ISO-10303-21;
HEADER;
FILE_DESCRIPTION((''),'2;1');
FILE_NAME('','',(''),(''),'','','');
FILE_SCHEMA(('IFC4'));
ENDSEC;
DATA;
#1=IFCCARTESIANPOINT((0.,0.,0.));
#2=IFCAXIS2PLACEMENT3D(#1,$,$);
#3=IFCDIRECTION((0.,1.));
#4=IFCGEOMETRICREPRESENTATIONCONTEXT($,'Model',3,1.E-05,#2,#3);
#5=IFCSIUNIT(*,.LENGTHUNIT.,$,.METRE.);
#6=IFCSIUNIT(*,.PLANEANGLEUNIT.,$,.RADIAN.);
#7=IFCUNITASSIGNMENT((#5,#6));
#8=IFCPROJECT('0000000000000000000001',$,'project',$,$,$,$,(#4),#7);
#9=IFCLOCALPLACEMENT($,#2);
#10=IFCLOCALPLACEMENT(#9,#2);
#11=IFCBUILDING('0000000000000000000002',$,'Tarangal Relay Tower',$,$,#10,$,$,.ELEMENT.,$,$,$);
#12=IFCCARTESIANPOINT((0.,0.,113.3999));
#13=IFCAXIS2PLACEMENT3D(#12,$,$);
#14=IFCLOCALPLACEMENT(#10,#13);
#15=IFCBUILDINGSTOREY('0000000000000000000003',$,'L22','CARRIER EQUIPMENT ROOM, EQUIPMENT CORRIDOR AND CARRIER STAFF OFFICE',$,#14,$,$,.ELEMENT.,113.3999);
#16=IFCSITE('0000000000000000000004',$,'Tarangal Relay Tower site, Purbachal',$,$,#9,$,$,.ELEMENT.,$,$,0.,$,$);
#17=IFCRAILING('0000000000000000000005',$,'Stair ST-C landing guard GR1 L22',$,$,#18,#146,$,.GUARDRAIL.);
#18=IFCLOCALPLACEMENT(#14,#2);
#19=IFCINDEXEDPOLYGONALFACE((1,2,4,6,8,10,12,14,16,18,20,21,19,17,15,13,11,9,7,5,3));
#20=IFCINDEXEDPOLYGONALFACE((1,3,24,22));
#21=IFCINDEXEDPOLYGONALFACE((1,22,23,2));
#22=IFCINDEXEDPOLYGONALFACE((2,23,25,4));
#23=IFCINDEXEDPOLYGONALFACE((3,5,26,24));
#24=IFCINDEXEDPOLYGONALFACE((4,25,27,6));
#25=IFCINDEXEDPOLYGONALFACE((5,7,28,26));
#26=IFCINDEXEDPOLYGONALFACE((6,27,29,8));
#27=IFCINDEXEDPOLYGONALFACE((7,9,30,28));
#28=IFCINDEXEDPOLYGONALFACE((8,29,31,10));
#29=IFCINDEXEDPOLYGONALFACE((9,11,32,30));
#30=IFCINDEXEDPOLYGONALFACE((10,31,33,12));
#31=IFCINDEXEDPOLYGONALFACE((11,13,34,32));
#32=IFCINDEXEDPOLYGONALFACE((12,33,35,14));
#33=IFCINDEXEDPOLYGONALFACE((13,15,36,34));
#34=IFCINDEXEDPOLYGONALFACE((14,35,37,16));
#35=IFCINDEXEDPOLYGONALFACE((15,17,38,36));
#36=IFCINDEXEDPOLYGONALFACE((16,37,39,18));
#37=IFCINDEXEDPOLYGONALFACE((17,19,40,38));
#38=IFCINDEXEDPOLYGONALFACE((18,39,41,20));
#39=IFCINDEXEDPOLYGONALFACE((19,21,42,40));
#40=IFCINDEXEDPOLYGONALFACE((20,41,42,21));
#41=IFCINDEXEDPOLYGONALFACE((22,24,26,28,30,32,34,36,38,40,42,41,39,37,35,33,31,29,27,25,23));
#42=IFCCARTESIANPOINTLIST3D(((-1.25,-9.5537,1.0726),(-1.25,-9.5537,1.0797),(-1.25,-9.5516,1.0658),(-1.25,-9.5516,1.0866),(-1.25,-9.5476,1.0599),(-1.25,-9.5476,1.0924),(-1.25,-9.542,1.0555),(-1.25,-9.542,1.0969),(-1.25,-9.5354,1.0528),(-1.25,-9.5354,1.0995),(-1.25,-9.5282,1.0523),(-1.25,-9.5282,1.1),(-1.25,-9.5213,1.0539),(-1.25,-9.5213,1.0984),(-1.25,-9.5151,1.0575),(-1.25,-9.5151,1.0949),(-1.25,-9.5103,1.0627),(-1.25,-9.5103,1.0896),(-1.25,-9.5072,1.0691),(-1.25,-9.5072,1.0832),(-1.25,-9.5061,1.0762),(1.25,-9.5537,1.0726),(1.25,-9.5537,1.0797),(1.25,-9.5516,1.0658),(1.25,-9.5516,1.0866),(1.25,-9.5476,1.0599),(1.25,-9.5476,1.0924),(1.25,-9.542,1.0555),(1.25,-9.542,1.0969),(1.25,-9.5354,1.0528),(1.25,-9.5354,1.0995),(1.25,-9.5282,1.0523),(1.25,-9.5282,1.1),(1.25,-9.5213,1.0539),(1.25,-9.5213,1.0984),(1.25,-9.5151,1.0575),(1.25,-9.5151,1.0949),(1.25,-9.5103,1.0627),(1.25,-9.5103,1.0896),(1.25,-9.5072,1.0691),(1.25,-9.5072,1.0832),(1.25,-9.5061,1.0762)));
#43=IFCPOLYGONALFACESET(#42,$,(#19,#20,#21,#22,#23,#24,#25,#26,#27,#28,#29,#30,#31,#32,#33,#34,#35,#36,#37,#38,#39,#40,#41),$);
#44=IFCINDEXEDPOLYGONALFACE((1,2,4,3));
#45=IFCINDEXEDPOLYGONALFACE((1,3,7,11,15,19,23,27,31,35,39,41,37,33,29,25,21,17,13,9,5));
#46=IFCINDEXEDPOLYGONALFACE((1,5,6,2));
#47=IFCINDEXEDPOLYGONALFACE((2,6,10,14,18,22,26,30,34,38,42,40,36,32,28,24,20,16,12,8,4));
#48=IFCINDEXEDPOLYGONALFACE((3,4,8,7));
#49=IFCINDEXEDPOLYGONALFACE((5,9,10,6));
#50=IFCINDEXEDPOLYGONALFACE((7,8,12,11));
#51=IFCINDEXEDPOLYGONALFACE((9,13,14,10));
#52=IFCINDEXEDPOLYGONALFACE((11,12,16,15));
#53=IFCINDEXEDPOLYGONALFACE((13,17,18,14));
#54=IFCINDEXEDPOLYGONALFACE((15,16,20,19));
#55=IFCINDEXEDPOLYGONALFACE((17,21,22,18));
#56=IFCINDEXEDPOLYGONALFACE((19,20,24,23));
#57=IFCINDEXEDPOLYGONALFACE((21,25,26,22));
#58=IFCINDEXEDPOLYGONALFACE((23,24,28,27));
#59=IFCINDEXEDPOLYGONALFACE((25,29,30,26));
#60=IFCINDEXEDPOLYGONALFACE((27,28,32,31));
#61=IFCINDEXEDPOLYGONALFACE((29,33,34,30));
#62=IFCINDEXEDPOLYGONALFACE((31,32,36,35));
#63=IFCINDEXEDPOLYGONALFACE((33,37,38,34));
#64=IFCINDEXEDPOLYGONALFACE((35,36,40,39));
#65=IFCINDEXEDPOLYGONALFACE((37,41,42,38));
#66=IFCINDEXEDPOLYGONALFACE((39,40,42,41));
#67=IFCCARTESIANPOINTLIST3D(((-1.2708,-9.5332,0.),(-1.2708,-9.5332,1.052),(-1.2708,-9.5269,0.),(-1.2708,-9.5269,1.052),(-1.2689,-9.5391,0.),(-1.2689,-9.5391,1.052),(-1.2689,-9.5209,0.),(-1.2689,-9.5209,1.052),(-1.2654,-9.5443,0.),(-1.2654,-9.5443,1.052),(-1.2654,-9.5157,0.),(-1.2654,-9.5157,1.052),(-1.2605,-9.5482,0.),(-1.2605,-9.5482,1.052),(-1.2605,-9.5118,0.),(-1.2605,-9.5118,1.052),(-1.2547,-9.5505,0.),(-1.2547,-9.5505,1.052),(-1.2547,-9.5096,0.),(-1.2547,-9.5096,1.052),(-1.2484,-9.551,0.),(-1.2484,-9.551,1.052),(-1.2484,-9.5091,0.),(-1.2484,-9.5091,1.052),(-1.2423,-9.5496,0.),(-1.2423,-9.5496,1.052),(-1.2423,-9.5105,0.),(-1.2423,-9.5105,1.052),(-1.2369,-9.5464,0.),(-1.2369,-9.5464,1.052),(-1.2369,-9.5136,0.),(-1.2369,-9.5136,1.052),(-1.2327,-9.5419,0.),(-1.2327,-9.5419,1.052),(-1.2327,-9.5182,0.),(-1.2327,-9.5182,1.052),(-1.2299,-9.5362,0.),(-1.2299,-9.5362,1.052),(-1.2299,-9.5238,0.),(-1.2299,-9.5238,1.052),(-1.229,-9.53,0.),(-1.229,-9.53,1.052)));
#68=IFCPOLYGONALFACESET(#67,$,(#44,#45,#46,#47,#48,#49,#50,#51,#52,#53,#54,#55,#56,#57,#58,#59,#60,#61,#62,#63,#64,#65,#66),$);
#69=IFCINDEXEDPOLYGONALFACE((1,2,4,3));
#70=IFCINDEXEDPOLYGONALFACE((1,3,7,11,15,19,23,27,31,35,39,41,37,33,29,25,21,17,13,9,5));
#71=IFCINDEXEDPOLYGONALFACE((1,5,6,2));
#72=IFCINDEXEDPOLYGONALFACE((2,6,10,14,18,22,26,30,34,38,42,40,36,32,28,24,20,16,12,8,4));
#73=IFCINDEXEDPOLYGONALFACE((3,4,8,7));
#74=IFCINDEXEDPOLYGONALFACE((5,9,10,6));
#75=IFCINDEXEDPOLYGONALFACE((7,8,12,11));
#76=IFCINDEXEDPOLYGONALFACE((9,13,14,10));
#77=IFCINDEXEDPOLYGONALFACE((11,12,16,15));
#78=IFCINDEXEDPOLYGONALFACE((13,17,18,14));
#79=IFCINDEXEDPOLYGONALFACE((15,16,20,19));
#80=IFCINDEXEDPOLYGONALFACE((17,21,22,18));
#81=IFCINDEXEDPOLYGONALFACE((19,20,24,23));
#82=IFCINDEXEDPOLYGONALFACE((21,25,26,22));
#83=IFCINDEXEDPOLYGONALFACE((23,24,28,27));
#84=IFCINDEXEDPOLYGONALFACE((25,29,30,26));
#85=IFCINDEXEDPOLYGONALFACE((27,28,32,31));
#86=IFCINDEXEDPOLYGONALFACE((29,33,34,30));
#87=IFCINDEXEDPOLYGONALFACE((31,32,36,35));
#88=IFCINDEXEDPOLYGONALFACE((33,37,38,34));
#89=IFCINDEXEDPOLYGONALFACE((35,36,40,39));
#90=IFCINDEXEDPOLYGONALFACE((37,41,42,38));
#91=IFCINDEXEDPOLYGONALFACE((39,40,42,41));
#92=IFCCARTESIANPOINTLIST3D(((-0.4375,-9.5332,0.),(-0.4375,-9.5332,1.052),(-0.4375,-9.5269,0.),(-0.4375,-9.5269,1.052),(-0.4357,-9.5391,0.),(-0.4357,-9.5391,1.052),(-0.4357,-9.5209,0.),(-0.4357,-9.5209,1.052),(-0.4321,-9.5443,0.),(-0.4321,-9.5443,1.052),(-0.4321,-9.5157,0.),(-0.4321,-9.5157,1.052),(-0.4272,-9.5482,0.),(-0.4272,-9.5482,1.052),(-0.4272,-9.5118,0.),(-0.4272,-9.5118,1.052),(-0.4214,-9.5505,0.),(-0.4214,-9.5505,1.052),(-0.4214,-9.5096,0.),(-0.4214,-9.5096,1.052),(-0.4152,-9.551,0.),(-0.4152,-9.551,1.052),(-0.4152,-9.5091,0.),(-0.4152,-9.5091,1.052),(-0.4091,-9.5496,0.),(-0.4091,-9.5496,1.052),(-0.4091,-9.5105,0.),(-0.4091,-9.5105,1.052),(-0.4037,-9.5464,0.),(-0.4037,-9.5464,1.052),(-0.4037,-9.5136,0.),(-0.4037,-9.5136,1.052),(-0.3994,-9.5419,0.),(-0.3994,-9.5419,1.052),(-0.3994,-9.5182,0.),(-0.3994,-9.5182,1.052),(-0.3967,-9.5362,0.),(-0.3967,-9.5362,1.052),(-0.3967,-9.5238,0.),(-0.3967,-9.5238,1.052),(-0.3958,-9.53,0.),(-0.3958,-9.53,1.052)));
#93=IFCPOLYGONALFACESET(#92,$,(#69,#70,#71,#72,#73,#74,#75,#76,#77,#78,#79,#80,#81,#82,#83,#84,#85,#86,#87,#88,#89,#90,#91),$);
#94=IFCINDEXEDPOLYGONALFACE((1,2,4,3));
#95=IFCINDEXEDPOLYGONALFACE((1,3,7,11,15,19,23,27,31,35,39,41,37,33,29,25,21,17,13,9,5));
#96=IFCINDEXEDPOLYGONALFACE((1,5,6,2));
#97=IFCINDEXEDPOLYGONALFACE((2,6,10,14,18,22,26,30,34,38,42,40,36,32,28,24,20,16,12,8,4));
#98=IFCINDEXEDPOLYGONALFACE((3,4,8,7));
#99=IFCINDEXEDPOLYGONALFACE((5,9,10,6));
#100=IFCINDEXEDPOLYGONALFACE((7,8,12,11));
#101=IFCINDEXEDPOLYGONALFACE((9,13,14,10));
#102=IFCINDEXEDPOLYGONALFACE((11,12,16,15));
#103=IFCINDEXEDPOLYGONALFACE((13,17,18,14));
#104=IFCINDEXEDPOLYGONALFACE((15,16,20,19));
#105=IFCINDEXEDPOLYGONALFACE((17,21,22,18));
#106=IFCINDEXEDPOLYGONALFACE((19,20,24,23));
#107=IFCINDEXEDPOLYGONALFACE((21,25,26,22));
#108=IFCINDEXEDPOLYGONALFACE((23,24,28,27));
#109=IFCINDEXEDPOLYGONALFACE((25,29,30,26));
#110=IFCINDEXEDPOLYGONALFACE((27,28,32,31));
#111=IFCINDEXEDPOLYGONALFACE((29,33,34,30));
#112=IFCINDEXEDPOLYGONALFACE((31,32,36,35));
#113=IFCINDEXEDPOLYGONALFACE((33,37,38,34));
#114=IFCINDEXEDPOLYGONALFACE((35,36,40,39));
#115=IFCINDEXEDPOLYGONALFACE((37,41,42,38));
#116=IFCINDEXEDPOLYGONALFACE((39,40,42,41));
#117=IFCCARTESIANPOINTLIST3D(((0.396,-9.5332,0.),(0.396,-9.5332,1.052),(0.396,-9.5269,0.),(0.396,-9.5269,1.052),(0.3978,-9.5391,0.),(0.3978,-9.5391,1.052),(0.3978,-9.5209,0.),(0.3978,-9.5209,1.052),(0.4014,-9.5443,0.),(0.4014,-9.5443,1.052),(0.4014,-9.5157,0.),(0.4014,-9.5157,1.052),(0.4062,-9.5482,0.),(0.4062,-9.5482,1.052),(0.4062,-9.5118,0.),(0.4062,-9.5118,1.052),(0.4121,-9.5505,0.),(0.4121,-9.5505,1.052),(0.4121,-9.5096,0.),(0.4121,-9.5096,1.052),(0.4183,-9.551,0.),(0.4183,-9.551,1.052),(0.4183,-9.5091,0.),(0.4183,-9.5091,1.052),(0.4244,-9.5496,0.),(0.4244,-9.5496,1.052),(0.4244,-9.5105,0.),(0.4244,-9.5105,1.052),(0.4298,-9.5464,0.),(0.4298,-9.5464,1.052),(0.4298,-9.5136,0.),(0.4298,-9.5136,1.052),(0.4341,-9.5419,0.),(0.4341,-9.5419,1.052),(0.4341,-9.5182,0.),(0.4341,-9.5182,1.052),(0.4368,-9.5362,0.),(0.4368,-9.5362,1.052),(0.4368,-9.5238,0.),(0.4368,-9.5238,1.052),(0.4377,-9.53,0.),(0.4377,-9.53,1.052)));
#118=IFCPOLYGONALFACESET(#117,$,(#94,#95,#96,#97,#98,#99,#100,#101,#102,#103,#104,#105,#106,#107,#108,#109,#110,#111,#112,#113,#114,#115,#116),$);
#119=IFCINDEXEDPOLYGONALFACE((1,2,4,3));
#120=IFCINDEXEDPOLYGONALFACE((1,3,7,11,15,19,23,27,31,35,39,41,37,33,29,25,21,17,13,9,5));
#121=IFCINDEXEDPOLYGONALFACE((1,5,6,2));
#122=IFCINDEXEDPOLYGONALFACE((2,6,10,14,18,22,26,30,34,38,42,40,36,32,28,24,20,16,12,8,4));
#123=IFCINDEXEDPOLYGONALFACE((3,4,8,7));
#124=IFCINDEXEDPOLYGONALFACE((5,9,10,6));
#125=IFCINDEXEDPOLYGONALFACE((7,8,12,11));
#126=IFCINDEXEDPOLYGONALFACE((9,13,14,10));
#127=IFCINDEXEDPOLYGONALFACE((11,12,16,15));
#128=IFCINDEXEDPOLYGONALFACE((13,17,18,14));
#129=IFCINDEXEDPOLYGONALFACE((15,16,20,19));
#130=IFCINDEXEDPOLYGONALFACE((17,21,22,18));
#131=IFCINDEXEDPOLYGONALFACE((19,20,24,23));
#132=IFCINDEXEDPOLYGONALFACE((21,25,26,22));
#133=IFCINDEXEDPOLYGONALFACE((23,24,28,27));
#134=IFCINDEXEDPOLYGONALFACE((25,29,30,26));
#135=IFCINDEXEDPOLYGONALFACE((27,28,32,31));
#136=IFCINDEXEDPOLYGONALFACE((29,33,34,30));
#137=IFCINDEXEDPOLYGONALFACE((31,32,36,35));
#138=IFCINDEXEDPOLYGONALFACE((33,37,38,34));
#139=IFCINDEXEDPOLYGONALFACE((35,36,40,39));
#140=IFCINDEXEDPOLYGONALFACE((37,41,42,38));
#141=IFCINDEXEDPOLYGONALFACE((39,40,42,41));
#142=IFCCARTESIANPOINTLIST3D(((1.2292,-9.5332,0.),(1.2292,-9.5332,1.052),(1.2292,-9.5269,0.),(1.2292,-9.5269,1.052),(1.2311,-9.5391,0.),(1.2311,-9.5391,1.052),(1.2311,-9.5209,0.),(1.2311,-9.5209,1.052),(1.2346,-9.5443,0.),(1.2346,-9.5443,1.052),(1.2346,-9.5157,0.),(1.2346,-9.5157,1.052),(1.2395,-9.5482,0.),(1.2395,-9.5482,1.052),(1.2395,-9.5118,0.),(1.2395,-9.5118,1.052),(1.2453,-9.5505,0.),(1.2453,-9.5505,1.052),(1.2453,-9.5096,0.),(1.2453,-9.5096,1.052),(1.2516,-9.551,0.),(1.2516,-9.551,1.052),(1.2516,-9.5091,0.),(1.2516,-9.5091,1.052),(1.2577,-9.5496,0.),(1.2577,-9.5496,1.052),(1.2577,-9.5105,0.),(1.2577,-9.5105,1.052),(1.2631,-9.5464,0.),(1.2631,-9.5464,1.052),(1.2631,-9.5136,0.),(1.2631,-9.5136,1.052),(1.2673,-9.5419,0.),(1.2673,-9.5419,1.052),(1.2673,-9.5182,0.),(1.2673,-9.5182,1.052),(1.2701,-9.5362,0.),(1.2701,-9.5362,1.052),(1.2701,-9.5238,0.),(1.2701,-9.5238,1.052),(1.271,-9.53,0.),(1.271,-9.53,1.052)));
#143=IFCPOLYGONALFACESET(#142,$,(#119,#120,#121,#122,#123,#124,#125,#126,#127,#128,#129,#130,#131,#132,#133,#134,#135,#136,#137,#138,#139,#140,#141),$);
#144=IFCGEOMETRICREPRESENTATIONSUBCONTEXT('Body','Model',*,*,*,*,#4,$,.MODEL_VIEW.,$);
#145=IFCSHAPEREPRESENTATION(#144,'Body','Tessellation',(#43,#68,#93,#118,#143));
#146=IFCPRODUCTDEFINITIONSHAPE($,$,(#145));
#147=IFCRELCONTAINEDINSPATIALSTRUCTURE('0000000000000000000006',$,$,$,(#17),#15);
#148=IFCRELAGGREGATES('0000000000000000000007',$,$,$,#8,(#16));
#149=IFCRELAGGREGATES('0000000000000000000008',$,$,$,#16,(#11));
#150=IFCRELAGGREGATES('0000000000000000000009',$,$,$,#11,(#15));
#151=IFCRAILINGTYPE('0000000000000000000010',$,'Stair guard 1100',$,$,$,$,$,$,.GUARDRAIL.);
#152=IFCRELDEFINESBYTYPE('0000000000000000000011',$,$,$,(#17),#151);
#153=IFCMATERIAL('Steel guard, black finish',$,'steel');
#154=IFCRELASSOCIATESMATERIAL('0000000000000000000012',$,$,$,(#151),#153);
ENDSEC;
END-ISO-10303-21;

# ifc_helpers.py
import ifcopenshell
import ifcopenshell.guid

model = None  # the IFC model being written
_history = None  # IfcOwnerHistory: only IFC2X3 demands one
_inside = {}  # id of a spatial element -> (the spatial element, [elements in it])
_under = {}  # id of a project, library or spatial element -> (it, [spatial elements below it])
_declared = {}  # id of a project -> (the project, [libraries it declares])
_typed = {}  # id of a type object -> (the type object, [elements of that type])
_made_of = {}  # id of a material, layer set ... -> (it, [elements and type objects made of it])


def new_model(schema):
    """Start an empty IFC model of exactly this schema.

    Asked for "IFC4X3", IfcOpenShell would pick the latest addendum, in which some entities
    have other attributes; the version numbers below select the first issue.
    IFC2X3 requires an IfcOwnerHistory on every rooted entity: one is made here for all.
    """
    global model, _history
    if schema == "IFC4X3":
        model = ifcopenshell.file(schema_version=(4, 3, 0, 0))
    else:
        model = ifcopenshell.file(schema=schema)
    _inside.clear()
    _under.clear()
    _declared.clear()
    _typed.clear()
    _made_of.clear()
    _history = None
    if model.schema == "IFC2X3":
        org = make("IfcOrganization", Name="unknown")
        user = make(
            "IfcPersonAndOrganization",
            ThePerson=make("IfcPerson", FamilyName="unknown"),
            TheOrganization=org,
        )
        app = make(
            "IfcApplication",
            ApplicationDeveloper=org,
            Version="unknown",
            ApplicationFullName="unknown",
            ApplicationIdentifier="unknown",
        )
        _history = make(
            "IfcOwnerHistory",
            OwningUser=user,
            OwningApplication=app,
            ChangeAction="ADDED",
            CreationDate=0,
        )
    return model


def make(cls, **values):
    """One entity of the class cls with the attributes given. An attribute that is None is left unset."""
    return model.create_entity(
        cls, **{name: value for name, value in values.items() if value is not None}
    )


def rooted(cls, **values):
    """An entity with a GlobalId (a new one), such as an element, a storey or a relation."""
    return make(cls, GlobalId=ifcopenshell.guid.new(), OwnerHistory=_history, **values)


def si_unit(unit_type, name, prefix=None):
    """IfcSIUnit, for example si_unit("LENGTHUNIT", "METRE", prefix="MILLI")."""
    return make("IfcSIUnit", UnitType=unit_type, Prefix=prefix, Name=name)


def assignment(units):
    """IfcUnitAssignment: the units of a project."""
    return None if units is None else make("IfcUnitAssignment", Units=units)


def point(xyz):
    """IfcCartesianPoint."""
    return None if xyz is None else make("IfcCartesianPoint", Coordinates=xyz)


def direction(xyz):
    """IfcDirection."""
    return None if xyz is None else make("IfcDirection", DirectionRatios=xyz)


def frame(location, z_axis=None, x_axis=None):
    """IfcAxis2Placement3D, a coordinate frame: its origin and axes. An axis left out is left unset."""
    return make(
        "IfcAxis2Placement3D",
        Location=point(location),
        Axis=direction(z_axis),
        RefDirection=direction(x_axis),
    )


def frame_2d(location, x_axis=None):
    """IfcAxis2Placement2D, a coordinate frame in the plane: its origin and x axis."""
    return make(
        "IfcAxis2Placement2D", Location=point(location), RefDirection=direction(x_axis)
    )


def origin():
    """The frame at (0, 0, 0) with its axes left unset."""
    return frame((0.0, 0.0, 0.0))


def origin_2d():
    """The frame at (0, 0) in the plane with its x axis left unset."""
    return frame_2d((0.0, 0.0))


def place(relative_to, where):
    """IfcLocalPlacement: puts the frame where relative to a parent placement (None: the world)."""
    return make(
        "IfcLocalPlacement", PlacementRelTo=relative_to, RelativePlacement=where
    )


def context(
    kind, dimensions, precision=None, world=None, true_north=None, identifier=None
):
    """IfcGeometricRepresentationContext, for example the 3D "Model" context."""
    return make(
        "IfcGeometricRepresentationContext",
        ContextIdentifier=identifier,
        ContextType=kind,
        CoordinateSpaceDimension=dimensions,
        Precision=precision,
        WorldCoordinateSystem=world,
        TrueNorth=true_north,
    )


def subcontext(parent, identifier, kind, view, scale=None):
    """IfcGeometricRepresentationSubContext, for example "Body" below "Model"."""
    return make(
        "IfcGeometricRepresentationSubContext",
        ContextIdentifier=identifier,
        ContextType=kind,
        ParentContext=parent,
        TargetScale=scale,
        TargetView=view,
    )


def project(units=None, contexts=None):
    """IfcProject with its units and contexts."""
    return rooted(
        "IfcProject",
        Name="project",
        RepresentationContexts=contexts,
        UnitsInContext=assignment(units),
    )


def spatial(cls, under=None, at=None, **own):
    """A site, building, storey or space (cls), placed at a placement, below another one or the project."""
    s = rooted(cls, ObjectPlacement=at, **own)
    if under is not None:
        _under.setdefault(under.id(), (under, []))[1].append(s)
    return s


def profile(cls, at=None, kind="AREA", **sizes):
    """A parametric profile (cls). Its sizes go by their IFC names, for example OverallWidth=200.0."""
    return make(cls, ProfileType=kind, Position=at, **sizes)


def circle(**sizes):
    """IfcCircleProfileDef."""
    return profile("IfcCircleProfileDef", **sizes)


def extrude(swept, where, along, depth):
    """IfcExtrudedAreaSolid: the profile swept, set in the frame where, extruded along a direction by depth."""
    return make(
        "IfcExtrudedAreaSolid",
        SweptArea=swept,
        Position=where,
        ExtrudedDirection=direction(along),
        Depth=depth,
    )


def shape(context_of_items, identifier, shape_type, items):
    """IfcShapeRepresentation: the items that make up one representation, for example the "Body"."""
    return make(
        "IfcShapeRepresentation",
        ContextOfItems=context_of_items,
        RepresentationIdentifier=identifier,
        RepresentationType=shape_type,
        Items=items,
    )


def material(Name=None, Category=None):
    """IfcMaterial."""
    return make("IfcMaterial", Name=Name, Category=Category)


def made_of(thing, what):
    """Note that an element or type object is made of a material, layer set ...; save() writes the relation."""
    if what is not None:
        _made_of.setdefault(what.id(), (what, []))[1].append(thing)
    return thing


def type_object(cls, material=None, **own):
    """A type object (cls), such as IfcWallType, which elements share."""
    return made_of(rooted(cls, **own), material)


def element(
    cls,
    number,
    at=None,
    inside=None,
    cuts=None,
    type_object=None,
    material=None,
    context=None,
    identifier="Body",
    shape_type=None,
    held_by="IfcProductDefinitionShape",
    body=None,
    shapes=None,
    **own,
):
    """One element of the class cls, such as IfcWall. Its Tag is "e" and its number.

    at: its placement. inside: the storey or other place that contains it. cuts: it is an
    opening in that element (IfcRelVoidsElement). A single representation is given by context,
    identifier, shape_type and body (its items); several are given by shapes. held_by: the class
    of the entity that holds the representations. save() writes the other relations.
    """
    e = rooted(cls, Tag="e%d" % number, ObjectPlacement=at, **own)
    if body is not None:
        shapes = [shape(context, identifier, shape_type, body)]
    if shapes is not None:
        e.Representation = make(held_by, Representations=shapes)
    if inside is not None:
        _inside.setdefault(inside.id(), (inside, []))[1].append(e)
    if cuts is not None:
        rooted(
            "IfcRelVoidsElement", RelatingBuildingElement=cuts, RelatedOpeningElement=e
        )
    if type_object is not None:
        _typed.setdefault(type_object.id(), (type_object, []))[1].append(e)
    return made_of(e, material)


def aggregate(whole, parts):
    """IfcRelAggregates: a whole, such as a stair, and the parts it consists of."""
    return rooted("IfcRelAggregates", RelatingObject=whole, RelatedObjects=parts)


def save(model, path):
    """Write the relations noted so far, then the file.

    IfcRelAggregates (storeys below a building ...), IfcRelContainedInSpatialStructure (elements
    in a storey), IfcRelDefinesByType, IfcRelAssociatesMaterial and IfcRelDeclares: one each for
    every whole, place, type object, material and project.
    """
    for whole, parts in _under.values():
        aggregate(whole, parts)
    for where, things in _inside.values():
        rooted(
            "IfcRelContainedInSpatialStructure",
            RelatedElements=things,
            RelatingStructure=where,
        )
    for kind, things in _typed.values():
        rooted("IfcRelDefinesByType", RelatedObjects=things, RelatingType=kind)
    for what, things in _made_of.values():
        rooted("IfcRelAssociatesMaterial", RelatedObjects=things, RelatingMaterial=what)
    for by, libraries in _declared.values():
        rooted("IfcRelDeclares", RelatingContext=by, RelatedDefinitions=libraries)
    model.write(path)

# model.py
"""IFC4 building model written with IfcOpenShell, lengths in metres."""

from ifc_helpers import new_model, si_unit, direction, frame, origin, origin_2d, place, context, subcontext, project, spatial, circle, extrude, material, type_object, element, save


model = new_model("IFC4")

# Units and contexts
model_context = context("Model", 3, precision=1e-05, world=origin(), true_north=direction((0.0, 1.0)))
body_context = subcontext(model_context, "Body", "Model", "MODEL_VIEW")
ifc_project = project(units=[si_unit("LENGTHUNIT", "METRE"), si_unit("PLANEANGLEUNIT", "RADIAN")], contexts=[model_context])

# Site, building, storey
site_placement = place(None, origin())
site = spatial("IfcSite", under=ifc_project, at=site_placement, Name="Tarangal Relay Tower site, Purbachal", CompositionType="ELEMENT", RefElevation=0.0)
building_placement = place(site_placement, origin())
building = spatial("IfcBuilding", under=site, at=building_placement, Name="Tarangal Relay Tower", CompositionType="ELEMENT")
storey_placement = place(building_placement, frame((0.0, 0.0, 113.3999)))
storey = spatial("IfcBuildingStorey", under=building, at=storey_placement, Name="L22", Description="CARRIER EQUIPMENT ROOM, EQUIPMENT CORRIDOR AND CARRIER STAFF OFFICE", CompositionType="ELEMENT", Elevation=113.3999)

# Railing
ifc_material_1 = material(Name="Steel guard, black finish", Category="steel")
railing_type_1 = type_object("IfcRailingType", Name="Stair guard 1100", PredefinedType="GUARDRAIL", material=ifc_material_1)
for number, where, name in (
    (1, (-1.25, -9.53, 0.0), "Stair ST-C landing guard GR1 L22"),
):
    element("IfcRailing", number, at=place(storey_placement, frame(where)), inside=storey, type_object=railing_type_1, Name=name, PredefinedType="GUARDRAIL", context=body_context, shape_type="SweptSolid", body=[
        extrude(circle(Radius=0.0239, at=origin_2d()), frame((0.0, 0.0, 1.0762), z_axis=(1.0, 0.0, 0.0), x_axis=(0.0, 1.0, 0.0)), (0.0, 0.0, 1.0), 2.5),
        extrude(circle(Radius=0.021, at=origin_2d()), origin(), (0.0, 0.0, 1.0), 1.052),
        extrude(circle(Radius=0.021, at=origin_2d()), frame((0.8333, 0.0, 0.0)), (0.0, 0.0, 1.0), 1.052),
        extrude(circle(Radius=0.021, at=origin_2d()), frame((1.6667, 0.0, 0.0)), (0.0, 0.0, 1.0), 1.052),
        extrude(circle(Radius=0.021, at=origin_2d()), frame((2.5, 0.0, 0.0)), (0.0, 0.0, 1.0), 1.052),
    ])

save(model, "model.ifc")
